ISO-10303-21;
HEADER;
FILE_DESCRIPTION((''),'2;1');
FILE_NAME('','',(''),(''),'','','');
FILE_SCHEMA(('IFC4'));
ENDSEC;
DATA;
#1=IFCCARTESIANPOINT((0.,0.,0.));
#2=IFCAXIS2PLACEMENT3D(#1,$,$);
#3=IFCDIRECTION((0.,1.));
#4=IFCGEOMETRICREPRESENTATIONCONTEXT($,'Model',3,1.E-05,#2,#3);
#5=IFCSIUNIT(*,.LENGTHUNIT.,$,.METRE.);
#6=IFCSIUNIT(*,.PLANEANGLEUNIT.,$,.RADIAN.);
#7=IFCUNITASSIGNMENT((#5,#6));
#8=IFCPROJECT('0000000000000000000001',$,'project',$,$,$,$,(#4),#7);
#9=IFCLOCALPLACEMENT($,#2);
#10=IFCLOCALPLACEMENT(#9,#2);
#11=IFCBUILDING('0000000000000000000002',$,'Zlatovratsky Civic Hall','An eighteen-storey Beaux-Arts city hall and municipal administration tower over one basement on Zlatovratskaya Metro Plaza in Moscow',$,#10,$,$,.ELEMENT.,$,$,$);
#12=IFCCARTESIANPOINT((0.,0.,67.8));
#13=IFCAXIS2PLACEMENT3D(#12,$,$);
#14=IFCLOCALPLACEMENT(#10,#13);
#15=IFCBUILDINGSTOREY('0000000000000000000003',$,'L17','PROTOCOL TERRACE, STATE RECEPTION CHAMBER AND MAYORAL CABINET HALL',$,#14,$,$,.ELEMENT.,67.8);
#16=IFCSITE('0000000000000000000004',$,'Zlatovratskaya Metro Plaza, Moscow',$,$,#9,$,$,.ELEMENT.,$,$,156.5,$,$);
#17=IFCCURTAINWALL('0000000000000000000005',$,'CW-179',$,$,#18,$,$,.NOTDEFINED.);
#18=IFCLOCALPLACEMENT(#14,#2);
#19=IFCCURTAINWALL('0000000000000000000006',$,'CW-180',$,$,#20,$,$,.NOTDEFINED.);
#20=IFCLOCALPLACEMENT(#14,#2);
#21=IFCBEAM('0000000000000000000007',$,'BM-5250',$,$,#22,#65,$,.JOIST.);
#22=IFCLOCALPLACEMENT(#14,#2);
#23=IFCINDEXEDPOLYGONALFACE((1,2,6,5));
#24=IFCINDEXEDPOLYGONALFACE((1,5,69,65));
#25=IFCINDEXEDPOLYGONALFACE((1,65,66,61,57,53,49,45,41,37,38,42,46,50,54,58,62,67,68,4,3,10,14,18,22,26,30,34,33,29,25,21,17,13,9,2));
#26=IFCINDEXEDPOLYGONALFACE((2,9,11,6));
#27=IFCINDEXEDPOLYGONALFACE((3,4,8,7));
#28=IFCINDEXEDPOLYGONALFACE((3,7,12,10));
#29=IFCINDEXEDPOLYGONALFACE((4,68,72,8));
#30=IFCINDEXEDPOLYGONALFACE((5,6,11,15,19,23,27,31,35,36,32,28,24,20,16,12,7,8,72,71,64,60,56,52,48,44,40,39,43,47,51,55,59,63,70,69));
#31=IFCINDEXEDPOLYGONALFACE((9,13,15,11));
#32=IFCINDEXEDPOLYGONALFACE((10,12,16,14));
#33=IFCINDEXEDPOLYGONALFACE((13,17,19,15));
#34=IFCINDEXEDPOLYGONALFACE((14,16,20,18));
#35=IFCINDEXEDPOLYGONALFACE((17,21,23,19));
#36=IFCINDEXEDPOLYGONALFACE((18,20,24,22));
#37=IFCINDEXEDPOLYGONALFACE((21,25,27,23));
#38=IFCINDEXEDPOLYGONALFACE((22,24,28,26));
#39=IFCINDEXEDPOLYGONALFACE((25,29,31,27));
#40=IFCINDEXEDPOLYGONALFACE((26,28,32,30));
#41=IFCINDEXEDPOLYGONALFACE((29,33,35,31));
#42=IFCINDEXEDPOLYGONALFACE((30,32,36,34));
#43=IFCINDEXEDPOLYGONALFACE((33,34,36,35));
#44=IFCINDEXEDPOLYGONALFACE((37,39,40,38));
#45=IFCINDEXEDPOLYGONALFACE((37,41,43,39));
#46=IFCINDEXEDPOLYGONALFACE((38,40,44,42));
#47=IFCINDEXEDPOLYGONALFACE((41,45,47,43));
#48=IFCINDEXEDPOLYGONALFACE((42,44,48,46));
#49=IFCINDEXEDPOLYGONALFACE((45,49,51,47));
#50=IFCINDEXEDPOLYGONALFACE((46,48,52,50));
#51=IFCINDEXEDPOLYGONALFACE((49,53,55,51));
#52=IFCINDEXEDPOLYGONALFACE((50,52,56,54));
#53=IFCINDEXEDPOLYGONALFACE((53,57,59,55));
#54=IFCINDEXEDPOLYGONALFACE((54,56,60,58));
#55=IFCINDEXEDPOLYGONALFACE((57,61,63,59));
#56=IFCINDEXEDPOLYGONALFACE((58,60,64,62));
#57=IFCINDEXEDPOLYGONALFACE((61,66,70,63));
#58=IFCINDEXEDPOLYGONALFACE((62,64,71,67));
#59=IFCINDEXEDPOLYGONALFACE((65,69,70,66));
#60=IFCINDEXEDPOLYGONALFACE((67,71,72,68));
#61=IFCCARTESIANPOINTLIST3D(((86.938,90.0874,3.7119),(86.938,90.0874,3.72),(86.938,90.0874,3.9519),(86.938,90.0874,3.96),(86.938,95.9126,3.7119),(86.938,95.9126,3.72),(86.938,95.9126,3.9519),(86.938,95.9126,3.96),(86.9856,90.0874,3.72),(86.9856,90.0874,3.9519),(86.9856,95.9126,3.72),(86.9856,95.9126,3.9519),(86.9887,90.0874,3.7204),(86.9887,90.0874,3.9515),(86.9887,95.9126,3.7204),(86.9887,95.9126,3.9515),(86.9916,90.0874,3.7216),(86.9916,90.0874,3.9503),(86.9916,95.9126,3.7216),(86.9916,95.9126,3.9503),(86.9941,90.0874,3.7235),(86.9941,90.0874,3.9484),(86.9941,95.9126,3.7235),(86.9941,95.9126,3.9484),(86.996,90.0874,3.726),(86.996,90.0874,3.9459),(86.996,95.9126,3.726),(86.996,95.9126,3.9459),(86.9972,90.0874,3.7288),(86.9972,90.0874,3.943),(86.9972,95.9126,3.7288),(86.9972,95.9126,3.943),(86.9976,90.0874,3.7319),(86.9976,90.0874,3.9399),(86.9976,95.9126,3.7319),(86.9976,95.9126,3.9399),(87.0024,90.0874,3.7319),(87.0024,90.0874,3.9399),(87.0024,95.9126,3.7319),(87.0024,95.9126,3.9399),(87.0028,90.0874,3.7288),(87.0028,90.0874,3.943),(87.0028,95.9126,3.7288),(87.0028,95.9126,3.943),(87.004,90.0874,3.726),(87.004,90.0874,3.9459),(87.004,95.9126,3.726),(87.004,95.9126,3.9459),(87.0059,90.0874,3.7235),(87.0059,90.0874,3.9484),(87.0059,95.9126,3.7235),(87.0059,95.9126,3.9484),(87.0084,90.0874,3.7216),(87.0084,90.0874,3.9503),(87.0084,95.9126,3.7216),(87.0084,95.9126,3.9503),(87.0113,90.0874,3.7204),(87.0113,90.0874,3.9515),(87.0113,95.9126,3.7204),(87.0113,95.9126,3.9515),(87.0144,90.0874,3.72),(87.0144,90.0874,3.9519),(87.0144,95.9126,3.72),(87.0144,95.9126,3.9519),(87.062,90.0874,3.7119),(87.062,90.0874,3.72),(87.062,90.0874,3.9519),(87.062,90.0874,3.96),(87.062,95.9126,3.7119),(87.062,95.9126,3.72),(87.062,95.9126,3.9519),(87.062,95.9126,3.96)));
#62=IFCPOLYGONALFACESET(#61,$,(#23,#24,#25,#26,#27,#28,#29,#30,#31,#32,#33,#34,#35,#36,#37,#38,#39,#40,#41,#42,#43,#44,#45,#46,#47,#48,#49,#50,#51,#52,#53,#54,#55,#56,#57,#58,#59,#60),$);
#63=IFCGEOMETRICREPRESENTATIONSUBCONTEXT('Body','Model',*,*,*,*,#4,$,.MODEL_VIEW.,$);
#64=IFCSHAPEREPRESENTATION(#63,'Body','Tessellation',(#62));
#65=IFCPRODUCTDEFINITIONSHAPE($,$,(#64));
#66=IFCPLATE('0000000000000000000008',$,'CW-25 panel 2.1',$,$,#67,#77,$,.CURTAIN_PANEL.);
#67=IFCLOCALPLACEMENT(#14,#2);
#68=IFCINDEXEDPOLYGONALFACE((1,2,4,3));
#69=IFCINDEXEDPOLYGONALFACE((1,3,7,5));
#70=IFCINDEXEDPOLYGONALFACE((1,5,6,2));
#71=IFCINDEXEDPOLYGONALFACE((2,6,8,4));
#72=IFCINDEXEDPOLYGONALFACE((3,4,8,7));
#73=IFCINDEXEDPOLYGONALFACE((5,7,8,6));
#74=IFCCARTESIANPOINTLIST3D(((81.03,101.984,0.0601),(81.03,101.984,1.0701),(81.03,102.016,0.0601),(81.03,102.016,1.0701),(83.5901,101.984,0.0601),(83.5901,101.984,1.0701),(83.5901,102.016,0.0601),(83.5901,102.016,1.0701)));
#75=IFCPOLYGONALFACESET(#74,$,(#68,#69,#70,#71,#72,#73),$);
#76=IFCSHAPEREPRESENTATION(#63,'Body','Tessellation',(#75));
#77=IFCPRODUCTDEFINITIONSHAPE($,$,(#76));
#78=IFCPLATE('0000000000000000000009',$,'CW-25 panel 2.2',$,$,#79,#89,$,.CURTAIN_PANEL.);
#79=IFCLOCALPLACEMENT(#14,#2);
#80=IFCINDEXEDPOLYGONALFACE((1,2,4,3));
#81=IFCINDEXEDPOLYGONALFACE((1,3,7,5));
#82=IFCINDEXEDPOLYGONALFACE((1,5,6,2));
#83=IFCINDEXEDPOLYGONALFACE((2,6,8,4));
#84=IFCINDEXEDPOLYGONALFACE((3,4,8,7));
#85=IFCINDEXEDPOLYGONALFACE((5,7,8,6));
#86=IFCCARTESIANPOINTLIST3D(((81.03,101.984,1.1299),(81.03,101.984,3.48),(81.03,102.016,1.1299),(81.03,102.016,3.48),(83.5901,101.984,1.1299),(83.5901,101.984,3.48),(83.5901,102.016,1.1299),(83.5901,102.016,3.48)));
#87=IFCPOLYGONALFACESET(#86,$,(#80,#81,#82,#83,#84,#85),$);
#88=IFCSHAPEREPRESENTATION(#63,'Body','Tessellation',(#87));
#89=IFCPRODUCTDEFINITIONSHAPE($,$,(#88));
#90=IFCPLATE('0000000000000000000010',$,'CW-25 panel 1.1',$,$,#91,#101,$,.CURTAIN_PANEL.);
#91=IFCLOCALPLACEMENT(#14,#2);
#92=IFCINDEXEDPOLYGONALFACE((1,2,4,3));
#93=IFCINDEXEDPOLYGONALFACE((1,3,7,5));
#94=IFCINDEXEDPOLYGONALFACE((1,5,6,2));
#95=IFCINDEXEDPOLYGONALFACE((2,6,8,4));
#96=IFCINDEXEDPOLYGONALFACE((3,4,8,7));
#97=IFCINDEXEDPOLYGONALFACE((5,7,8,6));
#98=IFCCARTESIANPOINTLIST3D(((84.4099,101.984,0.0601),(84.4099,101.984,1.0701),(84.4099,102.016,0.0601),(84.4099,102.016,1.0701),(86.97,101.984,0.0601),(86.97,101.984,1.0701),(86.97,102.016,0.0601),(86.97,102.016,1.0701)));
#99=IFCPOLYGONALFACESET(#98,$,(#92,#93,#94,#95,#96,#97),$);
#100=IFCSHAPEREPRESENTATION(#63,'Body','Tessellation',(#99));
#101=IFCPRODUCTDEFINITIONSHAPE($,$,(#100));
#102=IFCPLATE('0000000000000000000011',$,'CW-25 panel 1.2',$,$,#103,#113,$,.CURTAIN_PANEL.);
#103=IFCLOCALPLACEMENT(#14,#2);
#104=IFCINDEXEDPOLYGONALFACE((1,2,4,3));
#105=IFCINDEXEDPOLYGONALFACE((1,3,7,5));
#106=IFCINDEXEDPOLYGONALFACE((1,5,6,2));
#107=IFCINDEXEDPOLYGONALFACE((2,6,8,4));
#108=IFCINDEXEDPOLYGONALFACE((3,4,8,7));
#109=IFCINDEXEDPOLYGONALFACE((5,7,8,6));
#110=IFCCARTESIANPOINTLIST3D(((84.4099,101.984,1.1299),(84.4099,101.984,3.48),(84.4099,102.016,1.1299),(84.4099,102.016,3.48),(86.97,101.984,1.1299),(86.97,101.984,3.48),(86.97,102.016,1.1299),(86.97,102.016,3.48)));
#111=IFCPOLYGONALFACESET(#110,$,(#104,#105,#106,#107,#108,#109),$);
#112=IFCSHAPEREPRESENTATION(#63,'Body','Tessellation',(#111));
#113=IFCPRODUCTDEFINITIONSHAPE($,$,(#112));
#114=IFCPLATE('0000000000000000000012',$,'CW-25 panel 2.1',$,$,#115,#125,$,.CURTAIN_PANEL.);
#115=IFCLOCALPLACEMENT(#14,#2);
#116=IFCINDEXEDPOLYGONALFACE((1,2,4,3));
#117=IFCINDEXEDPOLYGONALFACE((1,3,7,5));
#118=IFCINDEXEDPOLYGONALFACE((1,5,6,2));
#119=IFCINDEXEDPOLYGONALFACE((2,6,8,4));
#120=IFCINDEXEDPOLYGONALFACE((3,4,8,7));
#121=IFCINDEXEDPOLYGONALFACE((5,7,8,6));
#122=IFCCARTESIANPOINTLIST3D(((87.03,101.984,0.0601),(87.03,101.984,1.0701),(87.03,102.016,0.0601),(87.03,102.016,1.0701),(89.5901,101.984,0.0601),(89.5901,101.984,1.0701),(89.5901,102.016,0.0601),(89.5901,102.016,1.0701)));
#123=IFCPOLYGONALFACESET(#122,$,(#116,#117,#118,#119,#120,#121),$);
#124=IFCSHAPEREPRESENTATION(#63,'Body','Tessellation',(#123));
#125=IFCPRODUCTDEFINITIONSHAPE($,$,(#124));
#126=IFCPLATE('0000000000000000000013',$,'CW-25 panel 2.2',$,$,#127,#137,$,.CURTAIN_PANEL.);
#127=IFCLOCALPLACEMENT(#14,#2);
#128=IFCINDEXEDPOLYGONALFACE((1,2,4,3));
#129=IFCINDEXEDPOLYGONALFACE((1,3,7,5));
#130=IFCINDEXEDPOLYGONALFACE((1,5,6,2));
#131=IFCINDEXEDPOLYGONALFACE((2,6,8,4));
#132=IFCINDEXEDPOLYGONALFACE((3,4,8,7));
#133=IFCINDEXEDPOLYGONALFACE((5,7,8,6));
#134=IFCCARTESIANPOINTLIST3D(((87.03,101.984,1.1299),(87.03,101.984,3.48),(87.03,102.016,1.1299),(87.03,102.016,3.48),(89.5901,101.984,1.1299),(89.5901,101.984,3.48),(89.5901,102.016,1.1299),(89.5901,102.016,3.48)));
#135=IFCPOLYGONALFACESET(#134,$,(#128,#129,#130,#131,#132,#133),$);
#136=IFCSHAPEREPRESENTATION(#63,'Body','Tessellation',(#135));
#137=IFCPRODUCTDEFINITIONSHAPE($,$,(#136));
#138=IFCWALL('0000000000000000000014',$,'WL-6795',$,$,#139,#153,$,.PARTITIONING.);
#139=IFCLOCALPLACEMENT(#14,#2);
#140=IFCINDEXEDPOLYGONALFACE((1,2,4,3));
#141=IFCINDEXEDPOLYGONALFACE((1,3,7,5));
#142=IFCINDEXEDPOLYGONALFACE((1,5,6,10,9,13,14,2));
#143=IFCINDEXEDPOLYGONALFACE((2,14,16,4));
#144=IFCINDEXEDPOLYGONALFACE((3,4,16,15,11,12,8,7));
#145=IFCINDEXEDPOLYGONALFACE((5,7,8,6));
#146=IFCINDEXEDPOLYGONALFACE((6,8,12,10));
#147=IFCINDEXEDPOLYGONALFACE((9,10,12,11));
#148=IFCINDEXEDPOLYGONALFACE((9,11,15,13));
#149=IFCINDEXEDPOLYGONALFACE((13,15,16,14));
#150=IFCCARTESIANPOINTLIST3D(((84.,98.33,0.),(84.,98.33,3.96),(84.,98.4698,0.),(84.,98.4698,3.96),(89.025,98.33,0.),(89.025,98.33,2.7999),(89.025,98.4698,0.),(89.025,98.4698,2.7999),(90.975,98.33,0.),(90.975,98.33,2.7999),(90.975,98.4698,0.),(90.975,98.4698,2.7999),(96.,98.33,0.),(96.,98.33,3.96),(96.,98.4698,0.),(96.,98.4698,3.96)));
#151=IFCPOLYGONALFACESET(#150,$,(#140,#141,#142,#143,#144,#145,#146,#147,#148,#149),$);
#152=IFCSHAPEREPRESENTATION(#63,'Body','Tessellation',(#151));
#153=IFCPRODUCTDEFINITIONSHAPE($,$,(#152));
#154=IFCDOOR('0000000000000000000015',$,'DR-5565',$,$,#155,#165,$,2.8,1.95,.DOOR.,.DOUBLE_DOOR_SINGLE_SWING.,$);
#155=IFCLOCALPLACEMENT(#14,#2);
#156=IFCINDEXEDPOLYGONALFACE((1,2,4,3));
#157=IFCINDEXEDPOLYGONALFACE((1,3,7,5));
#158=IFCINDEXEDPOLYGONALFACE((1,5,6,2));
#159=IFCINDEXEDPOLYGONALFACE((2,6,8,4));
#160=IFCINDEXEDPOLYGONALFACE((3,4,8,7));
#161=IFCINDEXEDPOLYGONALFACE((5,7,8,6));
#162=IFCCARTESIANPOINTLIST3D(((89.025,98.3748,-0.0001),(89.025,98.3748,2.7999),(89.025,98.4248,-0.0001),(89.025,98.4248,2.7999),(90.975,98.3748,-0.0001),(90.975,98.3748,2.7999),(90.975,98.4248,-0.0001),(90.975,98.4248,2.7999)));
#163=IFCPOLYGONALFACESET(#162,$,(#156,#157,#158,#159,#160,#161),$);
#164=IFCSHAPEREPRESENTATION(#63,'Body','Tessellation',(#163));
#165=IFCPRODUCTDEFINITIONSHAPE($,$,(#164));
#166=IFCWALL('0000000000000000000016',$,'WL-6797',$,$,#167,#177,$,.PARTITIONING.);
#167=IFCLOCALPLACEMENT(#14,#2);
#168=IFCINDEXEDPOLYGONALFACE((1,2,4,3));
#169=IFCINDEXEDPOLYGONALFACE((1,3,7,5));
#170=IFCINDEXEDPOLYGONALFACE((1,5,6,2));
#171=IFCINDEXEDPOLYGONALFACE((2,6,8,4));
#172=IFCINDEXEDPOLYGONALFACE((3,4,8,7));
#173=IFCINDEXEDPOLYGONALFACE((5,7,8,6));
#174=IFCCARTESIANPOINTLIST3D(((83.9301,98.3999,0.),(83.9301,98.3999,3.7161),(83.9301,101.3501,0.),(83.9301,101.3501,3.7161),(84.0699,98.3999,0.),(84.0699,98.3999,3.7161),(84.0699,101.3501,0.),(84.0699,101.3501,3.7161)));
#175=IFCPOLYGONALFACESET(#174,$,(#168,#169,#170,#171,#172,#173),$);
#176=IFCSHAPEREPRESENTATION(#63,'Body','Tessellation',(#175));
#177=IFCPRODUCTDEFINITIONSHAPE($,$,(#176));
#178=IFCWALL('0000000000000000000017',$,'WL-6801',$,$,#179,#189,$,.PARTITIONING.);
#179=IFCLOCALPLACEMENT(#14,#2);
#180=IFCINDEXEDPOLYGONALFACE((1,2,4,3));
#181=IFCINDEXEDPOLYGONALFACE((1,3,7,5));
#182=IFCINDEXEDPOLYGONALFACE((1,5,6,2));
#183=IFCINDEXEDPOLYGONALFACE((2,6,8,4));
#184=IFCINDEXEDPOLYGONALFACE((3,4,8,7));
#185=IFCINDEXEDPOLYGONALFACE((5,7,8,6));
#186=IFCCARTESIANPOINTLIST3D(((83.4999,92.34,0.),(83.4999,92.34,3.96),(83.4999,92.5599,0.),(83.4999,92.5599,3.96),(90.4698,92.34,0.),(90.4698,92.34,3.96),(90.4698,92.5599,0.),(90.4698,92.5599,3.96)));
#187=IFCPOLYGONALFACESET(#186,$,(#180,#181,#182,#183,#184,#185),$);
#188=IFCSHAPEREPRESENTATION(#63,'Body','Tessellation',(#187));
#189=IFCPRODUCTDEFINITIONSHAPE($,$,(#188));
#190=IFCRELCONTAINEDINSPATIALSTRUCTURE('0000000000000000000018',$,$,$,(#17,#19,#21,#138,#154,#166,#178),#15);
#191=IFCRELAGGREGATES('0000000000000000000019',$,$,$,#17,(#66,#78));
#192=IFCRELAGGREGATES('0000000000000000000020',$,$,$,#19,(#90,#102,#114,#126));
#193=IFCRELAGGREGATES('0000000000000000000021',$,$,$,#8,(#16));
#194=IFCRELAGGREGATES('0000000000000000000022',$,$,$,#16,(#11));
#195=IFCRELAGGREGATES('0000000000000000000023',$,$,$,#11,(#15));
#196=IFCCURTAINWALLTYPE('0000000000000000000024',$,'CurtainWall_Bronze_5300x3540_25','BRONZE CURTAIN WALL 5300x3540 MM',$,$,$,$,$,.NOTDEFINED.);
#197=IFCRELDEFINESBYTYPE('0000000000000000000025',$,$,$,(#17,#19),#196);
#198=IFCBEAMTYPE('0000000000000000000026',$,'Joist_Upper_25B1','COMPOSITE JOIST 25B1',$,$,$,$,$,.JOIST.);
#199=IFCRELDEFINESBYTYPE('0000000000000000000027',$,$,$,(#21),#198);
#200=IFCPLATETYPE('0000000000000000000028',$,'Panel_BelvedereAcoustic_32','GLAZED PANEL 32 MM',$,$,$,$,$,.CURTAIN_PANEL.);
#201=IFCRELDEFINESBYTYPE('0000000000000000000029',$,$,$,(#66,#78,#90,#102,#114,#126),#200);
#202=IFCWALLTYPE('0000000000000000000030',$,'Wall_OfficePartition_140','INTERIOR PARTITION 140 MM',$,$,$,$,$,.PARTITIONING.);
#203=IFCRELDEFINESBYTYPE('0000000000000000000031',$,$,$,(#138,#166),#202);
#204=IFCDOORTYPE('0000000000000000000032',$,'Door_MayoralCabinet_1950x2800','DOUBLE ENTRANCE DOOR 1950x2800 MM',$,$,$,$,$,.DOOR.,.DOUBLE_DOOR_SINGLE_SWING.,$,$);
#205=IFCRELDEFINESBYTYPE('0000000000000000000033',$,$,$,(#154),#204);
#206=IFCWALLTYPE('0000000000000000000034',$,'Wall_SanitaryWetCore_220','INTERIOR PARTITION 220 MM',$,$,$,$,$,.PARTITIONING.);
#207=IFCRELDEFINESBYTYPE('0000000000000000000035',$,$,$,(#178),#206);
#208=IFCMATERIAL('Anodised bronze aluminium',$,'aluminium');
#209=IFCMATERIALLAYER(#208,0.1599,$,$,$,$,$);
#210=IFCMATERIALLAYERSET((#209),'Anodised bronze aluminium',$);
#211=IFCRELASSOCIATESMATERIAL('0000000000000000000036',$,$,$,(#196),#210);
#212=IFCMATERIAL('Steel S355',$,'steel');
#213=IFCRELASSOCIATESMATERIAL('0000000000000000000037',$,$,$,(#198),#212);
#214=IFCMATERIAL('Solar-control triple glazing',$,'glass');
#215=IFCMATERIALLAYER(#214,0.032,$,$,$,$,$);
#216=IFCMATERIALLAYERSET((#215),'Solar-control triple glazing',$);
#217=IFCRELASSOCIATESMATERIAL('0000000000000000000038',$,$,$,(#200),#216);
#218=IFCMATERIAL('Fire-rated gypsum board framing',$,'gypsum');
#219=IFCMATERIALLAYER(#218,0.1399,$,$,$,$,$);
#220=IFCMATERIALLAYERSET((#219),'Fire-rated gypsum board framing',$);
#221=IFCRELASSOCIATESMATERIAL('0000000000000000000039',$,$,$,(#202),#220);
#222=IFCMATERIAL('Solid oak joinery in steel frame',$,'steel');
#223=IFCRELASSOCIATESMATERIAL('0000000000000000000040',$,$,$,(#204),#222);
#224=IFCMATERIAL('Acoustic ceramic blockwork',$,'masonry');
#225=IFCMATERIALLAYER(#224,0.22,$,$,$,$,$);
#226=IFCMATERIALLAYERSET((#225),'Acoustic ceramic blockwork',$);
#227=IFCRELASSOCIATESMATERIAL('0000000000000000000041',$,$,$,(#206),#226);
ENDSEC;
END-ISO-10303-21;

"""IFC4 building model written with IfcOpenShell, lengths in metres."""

from ifc_helpers import new_model, si_unit, direction, frame, frame_2d, origin, origin_2d, place, context, subcontext, project, spatial, rectangle, i_section, extrude, material, layer, layer_set, material_profile, profile_set, type_object, element, fill, aggregate, save


model = new_model("IFC4")

# Units and contexts
model_context = context("Model", 3, precision=1e-05, world=origin(), true_north=direction((0.0, 1.0)))
body_context = subcontext(model_context, "Body", "Model", "MODEL_VIEW")
ifc_project = project(units=[si_unit("LENGTHUNIT", "METRE"), si_unit("PLANEANGLEUNIT", "RADIAN")], contexts=[model_context])

# Site, building, storey
site_placement = place(None, origin())
site = spatial("IfcSite", under=ifc_project, at=site_placement, Name="Zlatovratskaya Metro Plaza, Moscow", CompositionType="ELEMENT", RefElevation=156.5)
building_placement = place(site_placement, origin())
building = spatial("IfcBuilding", under=site, at=building_placement, Name="Zlatovratsky Civic Hall", Description="An eighteen-storey Beaux-Arts city hall and municipal administration tower over one basement on Zlatovratskaya Metro Plaza in Moscow", CompositionType="ELEMENT")
storey_placement = place(building_placement, frame((0.0, 0.0, 67.8)))
storey = spatial("IfcBuildingStorey", under=building, at=storey_placement, Name="L17", Description="PROTOCOL TERRACE, STATE RECEPTION CHAMBER AND MAYORAL CABINET HALL", CompositionType="ELEMENT", Elevation=67.8)

# Shared definitions
ifc_material_1 = material(Name="Steel S355", Category="steel")

# Curtain wall
ifc_material_2 = material(Name="Anodised bronze aluminium", Category="aluminium")
ifc_layer_1 = layer(ifc_material_2, 0.1599)
ifc_layer_set_1 = layer_set([ifc_layer_1], Name="Anodised bronze aluminium")
curtain_wall_type = type_object("IfcCurtainWallType", Name="CurtainWall_Bronze_5300x3540_25", Description="BRONZE CURTAIN WALL 5300x3540 MM", PredefinedType="NOTDEFINED", material=ifc_layer_set_1)
curtain_wall_1_placement = place(storey_placement, origin())
curtain_wall_1 = element("IfcCurtainWall", 1, at=curtain_wall_1_placement, inside=storey, type_object=curtain_wall_type, Name="CW-179", PredefinedType="NOTDEFINED")

# Curtain wall
curtain_wall_2_placement = place(storey_placement, origin())
curtain_wall_2 = element("IfcCurtainWall", 2, at=curtain_wall_2_placement, inside=storey, type_object=curtain_wall_type, Name="CW-180", PredefinedType="NOTDEFINED")

# Beam
ifc_material_profile_1 = material_profile(ifc_material_1, i_section(OverallWidth=0.124, OverallDepth=0.248, WebThickness=0.0049, FlangeThickness=0.0081, FilletRadius=0.012, at=origin_2d()), Name="25B1")
ifc_profile_set_1 = profile_set([ifc_material_profile_1], Name="Steel S355")
beam_type_1 = type_object("IfcBeamType", Name="Joist_Upper_25B1", Description="COMPOSITE JOIST 25B1", PredefinedType="JOIST", material=ifc_profile_set_1)
beam_1_placement = place(storey_placement, frame((87.0, 90.0874, 3.8359), z_axis=(0.0, 1.0, 0.0), x_axis=(-1.0, 0.0, 0.0)))
element("IfcBeam", 3, at=beam_1_placement, inside=storey, type_object=beam_type_1, Name="BM-5250", PredefinedType="JOIST", context=body_context, shape_type="SweptSolid", body=[
    extrude(i_section(OverallWidth=0.124, OverallDepth=0.248, WebThickness=0.0049, FlangeThickness=0.0081, FilletRadius=0.012, at=origin_2d()), origin(), (0.0, 0.0, 1.0), 5.8252),
])

# Plates
ifc_material_3 = material(Name="Solar-control triple glazing", Category="glass")
ifc_layer_2 = layer(ifc_material_3, 0.032)
ifc_layer_set_2 = layer_set([ifc_layer_2], Name="Solar-control triple glazing")
plate_type = type_object("IfcPlateType", Name="Panel_BelvedereAcoustic_32", Description="GLAZED PANEL 32 MM", PredefinedType="CURTAIN_PANEL", material=ifc_layer_set_2)
plate_1_placement = place(storey_placement, frame((82.3101, 102.0, 0.0601), z_axis=(0.0, 0.0, 1.0), x_axis=(1.0, 0.0, 0.0)))
plate_1 = element("IfcPlate", 4, at=plate_1_placement, type_object=plate_type, Name="CW-25 panel 2.1", PredefinedType="CURTAIN_PANEL", context=body_context, shape_type="SweptSolid", body=[
    extrude(rectangle(XDim=2.5601, YDim=0.032, at=origin_2d()), origin(), (0.0, 0.0, 1.0), 1.01),
])
plate_2_placement = place(storey_placement, frame((82.3101, 102.0, 1.1299), z_axis=(0.0, 0.0, 1.0), x_axis=(1.0, 0.0, 0.0)))
plate_2 = element("IfcPlate", 5, at=plate_2_placement, type_object=plate_type, Name="CW-25 panel 2.2", PredefinedType="CURTAIN_PANEL", context=body_context, shape_type="SweptSolid", body=[
    extrude(rectangle(XDim=2.5601, YDim=0.032, at=origin_2d()), origin(), (0.0, 0.0, 1.0), 2.3501),
])
aggregate(curtain_wall_1, [plate_1, plate_2])
plate_3_placement = place(storey_placement, frame((85.6899, 102.0, 0.0601), z_axis=(0.0, 0.0, 1.0), x_axis=(1.0, 0.0, 0.0)))
plate_3 = element("IfcPlate", 6, at=plate_3_placement, type_object=plate_type, Name="CW-25 panel 1.1", PredefinedType="CURTAIN_PANEL", context=body_context, shape_type="SweptSolid", body=[
    extrude(rectangle(XDim=2.5601, YDim=0.032, at=origin_2d()), origin(), (0.0, 0.0, 1.0), 1.01),
])
plate_4_placement = place(storey_placement, frame((85.6899, 102.0, 1.1299), z_axis=(0.0, 0.0, 1.0), x_axis=(1.0, 0.0, 0.0)))
plate_4 = element("IfcPlate", 7, at=plate_4_placement, type_object=plate_type, Name="CW-25 panel 1.2", PredefinedType="CURTAIN_PANEL", context=body_context, shape_type="SweptSolid", body=[
    extrude(rectangle(XDim=2.5601, YDim=0.032, at=origin_2d()), origin(), (0.0, 0.0, 1.0), 2.3501),
])
plate_5_placement = place(storey_placement, frame((88.3101, 102.0, 0.0601), z_axis=(0.0, 0.0, 1.0), x_axis=(1.0, 0.0, 0.0)))
plate_5 = element("IfcPlate", 8, at=plate_5_placement, type_object=plate_type, Name="CW-25 panel 2.1", PredefinedType="CURTAIN_PANEL", context=body_context, shape_type="SweptSolid", body=[
    extrude(rectangle(XDim=2.5601, YDim=0.032, at=origin_2d()), origin(), (0.0, 0.0, 1.0), 1.01),
])
plate_6_placement = place(storey_placement, frame((88.3101, 102.0, 1.1299), z_axis=(0.0, 0.0, 1.0), x_axis=(1.0, 0.0, 0.0)))
plate_6 = element("IfcPlate", 9, at=plate_6_placement, type_object=plate_type, Name="CW-25 panel 2.2", PredefinedType="CURTAIN_PANEL", context=body_context, shape_type="SweptSolid", body=[
    extrude(rectangle(XDim=2.5601, YDim=0.032, at=origin_2d()), origin(), (0.0, 0.0, 1.0), 2.3501),
])
aggregate(curtain_wall_2, [plate_3, plate_4, plate_5, plate_6])

# Wall, opening, door
ifc_material_4 = material(Name="Fire-rated gypsum board framing", Category="gypsum")
ifc_layer_3 = layer(ifc_material_4, 0.1399)
ifc_layer_set_3 = layer_set([ifc_layer_3], Name="Fire-rated gypsum board framing")
wall_type_1 = type_object("IfcWallType", Name="Wall_OfficePartition_140", Description="INTERIOR PARTITION 140 MM", PredefinedType="PARTITIONING", material=ifc_layer_set_3)
wall_1_placement = place(storey_placement, frame((84.0, 98.3999, 0.0), z_axis=(0.0, 0.0, 1.0), x_axis=(1.0, 0.0, 0.0)))
wall_1 = element("IfcWall", 10, at=wall_1_placement, inside=storey, type_object=wall_type_1, Name="WL-6795", PredefinedType="PARTITIONING", context=body_context, shape_type="SweptSolid", body=[
    extrude(rectangle(XDim=12.0, YDim=0.1399, at=frame_2d((6.0, 0.0))), origin(), (0.0, 0.0, 1.0), 3.96),
])
opening_placement = place(wall_1_placement, frame((5.0249, 0.0, 0.0)))
opening = element("IfcOpeningElement", 11, at=opening_placement, cuts=wall_1, PredefinedType="OPENING", context=body_context, shape_type="SweptSolid", body=[
    extrude(rectangle(XDim=1.95, YDim=2.8, at=frame_2d((0.9751, 1.3999))), frame((0.0, 0.085, 0.0), z_axis=(0.0, -1.0, 0.0), x_axis=(1.0, 0.0, 0.0)), (0.0, 0.0, 1.0), 0.1697),
])
ifc_material_5 = material(Name="Solid oak joinery in steel frame", Category="steel")
door_type = type_object("IfcDoorType", Name="Door_MayoralCabinet_1950x2800", Description="DOUBLE ENTRANCE DOOR 1950x2800 MM", OperationType="DOUBLE_DOOR_SINGLE_SWING", PredefinedType="DOOR", material=ifc_material_5)
door_placement = place(opening_placement, origin())
door = element("IfcDoor", 12, at=door_placement, inside=storey, type_object=door_type, Name="DR-5565", OperationType="DOUBLE_DOOR_SINGLE_SWING", OverallHeight=2.8, OverallWidth=1.95, PredefinedType="DOOR", context=body_context, shape_type="SweptSolid", body=[
    extrude(rectangle(XDim=1.95, YDim=2.8, at=frame_2d((0.9751, 1.3999))), frame((0.0, 0.0249, 0.0), z_axis=(0.0, -1.0, 0.0), x_axis=(1.0, 0.0, 0.0)), (0.0, 0.0, 1.0), 0.05),
])
fill(opening, door)

# Walls
wall_2_placement = place(storey_placement, frame((84.0, 98.3999, 0.0), z_axis=(0.0, 0.0, 1.0), x_axis=(0.0, 1.0, 0.0)))
element("IfcWall", 13, at=wall_2_placement, inside=storey, type_object=wall_type_1, Name="WL-6797", PredefinedType="PARTITIONING", context=body_context, shape_type="SweptSolid", body=[
    extrude(rectangle(XDim=2.9502, YDim=0.1399, at=frame_2d((1.4751, 0.0))), origin(), (0.0, 0.0, 1.0), 3.7161),
])
ifc_material_6 = material(Name="Acoustic ceramic blockwork", Category="masonry")
ifc_layer_4 = layer(ifc_material_6, 0.22)
ifc_layer_set_4 = layer_set([ifc_layer_4], Name="Acoustic ceramic blockwork")
wall_type_2 = type_object("IfcWallType", Name="Wall_SanitaryWetCore_220", Description="INTERIOR PARTITION 220 MM", PredefinedType="PARTITIONING", material=ifc_layer_set_4)
wall_3_placement = place(storey_placement, frame((83.5, 92.45, 0.0), z_axis=(0.0, 0.0, 1.0), x_axis=(1.0, 0.0, 0.0)))
element("IfcWall", 14, at=wall_3_placement, inside=storey, type_object=wall_type_2, Name="WL-6801", PredefinedType="PARTITIONING", context=body_context, shape_type="SweptSolid", body=[
    extrude(rectangle(XDim=6.97, YDim=0.22, at=frame_2d((3.4849, 0.0))), origin(), (0.0, 0.0, 1.0), 3.96),
])

save(model, "model.ifc")
